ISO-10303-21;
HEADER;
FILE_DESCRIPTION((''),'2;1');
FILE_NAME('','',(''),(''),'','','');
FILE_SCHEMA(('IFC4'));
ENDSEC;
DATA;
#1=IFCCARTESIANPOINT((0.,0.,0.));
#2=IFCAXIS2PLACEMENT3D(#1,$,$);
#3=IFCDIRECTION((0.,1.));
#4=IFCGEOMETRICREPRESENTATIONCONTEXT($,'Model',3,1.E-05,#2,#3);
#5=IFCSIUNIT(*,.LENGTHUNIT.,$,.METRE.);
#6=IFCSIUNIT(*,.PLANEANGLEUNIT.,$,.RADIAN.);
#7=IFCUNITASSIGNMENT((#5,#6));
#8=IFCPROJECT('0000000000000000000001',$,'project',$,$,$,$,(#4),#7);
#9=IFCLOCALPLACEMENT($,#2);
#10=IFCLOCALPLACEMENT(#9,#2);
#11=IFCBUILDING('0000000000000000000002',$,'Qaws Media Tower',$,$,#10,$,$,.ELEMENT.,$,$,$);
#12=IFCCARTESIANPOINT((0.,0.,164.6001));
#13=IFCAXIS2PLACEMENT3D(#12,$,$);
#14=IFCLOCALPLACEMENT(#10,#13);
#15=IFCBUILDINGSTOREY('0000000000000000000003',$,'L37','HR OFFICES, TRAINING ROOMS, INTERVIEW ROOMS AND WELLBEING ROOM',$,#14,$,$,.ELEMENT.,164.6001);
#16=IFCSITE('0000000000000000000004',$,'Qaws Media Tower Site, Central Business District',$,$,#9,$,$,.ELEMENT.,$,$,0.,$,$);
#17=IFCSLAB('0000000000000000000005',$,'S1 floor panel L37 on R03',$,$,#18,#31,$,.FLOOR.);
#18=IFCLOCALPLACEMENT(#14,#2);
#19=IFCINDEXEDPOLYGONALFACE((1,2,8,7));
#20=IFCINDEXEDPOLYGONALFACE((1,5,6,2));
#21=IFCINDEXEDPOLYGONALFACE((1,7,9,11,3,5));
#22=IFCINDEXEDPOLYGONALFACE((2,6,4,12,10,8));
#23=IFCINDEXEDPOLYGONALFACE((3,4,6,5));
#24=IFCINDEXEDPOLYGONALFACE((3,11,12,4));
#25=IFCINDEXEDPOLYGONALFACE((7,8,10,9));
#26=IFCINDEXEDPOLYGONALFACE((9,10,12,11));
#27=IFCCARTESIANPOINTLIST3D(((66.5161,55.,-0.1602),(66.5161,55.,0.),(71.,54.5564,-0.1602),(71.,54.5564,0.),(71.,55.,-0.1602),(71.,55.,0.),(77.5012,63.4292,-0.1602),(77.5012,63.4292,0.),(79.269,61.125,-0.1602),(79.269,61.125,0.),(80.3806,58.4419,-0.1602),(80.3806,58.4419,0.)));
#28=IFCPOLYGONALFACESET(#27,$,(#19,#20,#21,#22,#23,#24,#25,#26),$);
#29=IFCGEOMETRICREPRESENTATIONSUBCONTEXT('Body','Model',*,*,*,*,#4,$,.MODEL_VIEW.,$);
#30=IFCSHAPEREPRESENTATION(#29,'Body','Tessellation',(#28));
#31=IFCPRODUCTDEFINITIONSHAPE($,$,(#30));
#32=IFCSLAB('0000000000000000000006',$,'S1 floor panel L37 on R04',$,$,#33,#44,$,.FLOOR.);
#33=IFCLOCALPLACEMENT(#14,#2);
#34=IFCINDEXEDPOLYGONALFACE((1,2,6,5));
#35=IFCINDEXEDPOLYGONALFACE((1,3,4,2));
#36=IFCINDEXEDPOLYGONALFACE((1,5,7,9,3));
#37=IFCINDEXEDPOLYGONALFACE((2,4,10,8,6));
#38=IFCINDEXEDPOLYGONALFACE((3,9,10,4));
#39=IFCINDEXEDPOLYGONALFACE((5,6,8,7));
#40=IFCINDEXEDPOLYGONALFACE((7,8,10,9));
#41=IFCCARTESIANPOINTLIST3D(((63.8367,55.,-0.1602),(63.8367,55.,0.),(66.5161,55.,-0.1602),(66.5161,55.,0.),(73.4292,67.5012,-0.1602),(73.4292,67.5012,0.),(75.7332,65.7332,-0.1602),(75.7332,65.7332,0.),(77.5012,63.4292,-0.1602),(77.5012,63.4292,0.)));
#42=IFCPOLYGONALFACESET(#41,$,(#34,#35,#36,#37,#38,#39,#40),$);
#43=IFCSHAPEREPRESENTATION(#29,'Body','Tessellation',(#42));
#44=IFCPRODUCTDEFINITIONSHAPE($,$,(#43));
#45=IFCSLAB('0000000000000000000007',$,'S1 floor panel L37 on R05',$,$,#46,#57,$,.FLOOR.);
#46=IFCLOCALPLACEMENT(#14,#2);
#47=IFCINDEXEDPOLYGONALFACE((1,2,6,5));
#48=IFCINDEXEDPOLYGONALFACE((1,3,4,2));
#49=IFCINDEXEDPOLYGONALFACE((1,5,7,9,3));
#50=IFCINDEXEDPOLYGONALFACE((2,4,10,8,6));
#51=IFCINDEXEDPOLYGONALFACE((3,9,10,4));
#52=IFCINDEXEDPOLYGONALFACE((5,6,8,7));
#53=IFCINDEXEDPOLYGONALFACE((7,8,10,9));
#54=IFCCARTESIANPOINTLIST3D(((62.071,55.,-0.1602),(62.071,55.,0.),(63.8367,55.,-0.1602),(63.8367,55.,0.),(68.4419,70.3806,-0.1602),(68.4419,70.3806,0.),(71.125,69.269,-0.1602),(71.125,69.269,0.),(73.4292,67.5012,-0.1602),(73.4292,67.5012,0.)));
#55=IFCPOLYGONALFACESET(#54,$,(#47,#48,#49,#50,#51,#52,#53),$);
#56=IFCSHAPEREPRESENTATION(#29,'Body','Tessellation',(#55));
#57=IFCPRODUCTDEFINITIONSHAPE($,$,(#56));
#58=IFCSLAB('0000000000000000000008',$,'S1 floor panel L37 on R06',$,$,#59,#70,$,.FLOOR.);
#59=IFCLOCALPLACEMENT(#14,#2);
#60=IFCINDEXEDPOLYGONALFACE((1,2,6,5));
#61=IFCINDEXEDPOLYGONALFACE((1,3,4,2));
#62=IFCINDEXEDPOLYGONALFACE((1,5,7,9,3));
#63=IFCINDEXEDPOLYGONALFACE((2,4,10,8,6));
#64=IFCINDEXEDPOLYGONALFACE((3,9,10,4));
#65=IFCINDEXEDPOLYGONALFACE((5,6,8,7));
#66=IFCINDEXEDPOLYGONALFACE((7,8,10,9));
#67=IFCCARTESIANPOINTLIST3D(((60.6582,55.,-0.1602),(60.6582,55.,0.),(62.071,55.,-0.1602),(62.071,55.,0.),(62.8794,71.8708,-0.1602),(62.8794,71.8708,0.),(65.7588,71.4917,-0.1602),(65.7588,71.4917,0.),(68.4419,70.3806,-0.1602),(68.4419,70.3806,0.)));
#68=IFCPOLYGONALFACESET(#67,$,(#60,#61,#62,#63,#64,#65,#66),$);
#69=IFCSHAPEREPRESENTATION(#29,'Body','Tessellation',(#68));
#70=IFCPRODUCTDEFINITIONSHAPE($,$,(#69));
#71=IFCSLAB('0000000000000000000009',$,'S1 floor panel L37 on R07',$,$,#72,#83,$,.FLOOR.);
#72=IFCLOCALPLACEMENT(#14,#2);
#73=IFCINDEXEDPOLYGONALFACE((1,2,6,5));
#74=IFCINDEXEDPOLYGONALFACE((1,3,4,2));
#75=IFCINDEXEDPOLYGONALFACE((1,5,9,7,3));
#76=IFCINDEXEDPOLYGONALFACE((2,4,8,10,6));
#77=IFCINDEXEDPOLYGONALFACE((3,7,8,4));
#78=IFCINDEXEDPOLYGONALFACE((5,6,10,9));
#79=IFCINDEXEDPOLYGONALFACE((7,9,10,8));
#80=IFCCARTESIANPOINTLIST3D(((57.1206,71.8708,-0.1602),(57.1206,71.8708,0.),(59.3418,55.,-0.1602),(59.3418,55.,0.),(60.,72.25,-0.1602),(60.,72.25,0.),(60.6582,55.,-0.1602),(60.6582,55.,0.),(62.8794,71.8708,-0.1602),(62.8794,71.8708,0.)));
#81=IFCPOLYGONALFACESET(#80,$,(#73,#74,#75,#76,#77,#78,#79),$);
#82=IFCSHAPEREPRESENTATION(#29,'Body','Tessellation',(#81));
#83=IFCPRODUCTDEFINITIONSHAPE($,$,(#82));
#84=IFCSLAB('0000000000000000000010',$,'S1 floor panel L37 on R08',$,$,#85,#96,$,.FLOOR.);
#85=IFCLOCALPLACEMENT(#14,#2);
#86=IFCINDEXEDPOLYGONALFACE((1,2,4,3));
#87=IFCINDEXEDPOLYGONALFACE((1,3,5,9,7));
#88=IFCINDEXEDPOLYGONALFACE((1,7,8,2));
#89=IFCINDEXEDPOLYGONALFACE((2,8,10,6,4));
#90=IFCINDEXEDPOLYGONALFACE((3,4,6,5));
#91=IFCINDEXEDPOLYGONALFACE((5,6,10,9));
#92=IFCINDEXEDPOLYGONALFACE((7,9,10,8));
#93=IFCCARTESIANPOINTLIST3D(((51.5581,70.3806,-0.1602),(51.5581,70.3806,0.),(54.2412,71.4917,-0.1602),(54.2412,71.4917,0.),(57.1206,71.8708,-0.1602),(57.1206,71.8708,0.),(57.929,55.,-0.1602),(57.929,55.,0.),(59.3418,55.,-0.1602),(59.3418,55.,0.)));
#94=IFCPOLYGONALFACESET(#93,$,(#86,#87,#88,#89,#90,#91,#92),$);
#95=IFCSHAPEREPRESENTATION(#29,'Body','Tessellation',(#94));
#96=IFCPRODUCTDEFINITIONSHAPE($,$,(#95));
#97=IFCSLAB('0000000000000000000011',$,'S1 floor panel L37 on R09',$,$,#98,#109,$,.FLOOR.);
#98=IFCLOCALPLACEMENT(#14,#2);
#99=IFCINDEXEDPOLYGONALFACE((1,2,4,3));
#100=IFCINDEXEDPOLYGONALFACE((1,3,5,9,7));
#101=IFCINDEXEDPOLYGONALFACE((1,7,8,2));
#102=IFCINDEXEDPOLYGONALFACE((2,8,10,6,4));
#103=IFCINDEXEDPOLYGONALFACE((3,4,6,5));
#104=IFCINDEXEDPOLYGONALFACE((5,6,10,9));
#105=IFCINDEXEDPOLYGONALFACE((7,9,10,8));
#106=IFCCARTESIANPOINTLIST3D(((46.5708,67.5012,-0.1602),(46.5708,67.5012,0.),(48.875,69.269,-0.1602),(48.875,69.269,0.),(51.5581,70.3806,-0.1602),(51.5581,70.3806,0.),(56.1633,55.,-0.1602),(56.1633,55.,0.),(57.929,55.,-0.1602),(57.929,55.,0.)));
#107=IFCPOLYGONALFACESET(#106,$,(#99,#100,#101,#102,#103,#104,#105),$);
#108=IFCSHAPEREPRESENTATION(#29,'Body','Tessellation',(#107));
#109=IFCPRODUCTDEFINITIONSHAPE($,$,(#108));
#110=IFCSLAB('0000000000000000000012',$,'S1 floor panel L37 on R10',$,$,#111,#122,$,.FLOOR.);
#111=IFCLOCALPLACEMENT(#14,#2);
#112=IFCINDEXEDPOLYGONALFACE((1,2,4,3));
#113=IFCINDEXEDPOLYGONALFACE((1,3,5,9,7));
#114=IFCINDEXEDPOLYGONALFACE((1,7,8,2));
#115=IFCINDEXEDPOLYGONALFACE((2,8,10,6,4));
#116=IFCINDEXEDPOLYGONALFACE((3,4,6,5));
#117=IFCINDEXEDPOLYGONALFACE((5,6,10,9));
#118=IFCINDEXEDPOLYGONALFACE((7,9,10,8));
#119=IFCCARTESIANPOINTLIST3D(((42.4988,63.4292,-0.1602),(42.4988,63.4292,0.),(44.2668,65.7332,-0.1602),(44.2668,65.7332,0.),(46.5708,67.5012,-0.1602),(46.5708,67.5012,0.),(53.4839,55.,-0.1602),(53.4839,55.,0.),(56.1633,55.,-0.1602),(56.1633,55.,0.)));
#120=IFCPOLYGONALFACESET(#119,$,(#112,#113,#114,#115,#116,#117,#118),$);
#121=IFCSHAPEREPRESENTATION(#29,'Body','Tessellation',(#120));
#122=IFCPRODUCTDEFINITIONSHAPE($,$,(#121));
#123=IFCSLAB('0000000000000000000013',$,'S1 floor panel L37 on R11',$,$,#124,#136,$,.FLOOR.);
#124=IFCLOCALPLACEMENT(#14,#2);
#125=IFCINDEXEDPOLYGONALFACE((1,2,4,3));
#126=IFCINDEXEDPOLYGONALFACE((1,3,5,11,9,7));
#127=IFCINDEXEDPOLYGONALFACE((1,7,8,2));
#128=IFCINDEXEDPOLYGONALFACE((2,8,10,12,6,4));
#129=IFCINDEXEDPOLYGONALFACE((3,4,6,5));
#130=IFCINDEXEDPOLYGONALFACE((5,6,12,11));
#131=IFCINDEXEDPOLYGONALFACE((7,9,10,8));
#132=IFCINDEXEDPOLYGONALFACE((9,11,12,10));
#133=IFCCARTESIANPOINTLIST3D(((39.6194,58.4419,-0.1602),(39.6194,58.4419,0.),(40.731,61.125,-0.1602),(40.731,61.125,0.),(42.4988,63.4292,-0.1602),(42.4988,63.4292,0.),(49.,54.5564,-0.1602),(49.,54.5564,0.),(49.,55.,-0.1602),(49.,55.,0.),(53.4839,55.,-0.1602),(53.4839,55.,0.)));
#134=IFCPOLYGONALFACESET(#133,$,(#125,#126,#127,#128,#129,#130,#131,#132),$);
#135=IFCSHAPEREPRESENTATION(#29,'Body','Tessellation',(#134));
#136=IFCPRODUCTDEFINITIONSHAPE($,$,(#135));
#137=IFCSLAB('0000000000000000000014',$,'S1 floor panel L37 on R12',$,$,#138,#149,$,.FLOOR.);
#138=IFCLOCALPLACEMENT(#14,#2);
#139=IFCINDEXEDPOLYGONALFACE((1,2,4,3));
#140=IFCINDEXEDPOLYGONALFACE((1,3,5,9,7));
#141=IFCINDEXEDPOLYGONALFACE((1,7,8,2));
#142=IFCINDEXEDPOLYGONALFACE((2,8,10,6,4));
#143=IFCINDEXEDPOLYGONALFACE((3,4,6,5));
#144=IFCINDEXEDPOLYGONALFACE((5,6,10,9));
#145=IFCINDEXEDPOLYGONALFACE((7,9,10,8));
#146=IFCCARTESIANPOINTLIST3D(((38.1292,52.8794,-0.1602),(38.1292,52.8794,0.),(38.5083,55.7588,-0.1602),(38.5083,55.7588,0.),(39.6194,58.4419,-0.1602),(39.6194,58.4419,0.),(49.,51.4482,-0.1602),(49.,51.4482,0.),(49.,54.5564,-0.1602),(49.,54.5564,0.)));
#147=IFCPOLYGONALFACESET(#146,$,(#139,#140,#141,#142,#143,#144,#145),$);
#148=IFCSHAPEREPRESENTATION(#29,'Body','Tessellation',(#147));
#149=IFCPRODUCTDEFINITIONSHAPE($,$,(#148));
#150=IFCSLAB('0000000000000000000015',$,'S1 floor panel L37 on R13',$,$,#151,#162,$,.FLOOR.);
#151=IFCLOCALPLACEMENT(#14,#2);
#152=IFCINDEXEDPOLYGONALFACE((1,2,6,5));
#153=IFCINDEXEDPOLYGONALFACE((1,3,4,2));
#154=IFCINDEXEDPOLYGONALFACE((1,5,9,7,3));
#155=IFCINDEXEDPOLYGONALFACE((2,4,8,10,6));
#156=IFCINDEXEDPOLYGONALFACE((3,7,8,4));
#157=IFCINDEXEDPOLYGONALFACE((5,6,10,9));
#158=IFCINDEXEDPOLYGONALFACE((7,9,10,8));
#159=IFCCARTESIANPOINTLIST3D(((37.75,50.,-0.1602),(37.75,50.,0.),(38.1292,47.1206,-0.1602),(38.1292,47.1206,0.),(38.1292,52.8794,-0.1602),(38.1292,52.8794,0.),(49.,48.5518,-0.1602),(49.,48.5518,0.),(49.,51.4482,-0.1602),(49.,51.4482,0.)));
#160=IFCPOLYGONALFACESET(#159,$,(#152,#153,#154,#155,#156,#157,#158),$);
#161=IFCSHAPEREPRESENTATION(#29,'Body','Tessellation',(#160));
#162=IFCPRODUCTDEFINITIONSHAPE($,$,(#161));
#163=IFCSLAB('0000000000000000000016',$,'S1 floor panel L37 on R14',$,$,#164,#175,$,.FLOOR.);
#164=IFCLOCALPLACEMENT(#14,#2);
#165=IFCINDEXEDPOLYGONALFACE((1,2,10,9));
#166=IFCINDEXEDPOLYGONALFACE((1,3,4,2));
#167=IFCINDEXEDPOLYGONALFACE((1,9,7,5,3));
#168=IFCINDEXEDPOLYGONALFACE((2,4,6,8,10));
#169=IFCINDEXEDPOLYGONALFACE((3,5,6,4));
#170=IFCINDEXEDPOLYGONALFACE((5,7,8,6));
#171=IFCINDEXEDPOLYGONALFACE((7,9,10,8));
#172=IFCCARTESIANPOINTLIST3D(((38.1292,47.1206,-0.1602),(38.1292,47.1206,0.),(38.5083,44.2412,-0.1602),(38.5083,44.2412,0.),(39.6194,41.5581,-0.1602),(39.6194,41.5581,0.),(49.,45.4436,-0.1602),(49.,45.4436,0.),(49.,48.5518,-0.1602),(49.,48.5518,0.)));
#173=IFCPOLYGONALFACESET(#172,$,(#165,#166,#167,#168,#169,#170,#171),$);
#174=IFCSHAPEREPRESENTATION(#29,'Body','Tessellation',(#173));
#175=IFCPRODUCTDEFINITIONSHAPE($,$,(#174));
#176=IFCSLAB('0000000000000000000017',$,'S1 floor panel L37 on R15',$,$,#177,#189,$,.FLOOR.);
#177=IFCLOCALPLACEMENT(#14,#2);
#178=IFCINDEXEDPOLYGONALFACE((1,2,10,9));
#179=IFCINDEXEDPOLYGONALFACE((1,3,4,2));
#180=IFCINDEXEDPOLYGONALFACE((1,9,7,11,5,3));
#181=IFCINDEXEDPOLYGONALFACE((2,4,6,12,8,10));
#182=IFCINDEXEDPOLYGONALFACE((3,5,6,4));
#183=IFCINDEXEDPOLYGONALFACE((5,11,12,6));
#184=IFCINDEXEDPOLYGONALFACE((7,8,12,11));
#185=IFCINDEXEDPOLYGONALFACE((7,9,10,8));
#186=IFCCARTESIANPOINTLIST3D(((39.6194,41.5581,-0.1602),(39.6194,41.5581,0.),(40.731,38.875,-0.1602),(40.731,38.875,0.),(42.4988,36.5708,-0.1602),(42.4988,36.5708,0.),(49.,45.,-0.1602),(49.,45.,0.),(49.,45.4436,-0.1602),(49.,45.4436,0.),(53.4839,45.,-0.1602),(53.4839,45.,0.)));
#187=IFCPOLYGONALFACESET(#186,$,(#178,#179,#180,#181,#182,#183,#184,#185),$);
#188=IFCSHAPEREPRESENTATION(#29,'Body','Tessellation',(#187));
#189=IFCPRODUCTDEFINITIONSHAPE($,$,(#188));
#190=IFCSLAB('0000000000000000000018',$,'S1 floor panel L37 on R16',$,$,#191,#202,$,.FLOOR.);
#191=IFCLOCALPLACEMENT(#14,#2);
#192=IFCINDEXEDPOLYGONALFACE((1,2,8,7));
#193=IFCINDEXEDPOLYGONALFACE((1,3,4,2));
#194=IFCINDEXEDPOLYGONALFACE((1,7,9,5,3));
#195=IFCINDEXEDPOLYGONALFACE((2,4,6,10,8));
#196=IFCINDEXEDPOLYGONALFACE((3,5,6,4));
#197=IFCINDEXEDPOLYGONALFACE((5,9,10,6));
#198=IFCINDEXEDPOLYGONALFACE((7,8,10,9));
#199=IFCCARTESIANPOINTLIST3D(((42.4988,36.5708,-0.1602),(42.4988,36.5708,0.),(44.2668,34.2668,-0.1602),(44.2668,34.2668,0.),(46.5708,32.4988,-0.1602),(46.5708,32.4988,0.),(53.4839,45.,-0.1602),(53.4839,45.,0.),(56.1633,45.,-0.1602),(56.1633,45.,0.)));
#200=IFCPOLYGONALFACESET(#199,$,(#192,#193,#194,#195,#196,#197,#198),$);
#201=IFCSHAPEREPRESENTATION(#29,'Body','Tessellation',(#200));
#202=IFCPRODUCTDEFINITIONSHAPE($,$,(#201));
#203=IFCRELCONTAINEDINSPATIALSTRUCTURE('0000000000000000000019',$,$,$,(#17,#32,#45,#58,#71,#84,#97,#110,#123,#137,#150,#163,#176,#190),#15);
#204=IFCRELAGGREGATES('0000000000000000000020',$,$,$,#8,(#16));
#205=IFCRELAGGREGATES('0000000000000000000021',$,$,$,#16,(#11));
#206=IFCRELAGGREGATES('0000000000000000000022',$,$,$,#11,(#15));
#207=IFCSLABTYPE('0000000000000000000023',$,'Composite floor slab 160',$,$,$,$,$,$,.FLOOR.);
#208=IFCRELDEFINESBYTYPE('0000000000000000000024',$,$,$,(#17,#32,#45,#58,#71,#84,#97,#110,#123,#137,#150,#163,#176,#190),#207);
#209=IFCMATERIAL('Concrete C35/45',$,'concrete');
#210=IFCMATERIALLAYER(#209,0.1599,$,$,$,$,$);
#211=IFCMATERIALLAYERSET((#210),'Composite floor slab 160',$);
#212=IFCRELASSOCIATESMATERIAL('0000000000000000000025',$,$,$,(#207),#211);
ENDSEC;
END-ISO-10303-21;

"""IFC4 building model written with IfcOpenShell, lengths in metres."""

from ifc_helpers import new_model, si_unit, direction, frame, origin, place, context, subcontext, project, spatial, polyline, outline, extrude, material, layer, layer_set, type_object, element, save


model = new_model("IFC4")

# Units and contexts
model_context = context("Model", 3, precision=1e-05, world=origin(), true_north=direction((0.0, 1.0)))
body_context = subcontext(model_context, "Body", "Model", "MODEL_VIEW")
ifc_project = project(units=[si_unit("LENGTHUNIT", "METRE"), si_unit("PLANEANGLEUNIT", "RADIAN")], contexts=[model_context])

# Site, building, storey
site_placement = place(None, origin())
site = spatial("IfcSite", under=ifc_project, at=site_placement, Name="Qaws Media Tower Site, Central Business District", CompositionType="ELEMENT", RefElevation=0.0)
building_placement = place(site_placement, origin())
building = spatial("IfcBuilding", under=site, at=building_placement, Name="Qaws Media Tower", CompositionType="ELEMENT")
storey_placement = place(building_placement, frame((0.0, 0.0, 164.6001)))
storey = spatial("IfcBuildingStorey", under=building, at=storey_placement, Name="L37", Description="HR OFFICES, TRAINING ROOMS, INTERVIEW ROOMS AND WELLBEING ROOM", CompositionType="ELEMENT", Elevation=164.6001)

# Slabs
ifc_material_1 = material(Name="Concrete C35/45", Category="concrete")
ifc_layer_1 = layer(ifc_material_1, 0.1599)
ifc_layer_set_1 = layer_set([ifc_layer_1], Name="Composite floor slab 160")
slab_type_1 = type_object("IfcSlabType", Name="Composite floor slab 160", PredefinedType="FLOOR", material=ifc_layer_set_1)
slab_1_placement = place(storey_placement, frame((0.0, 0.0, -0.1602)))
element("IfcSlab", 1, at=slab_1_placement, inside=storey, type_object=slab_type_1, Name="S1 floor panel L37 on R03", PredefinedType="FLOOR", context=body_context, shape_type="SweptSolid", body=[
    extrude(outline(polyline([(79.269, 61.125), (80.3806, 58.4419), (71.0, 54.5564), (71.0, 55.0), (66.5161, 55.0), (77.5012, 63.4292), (79.269, 61.125)])), origin(), (0.0, 0.0, 1.0), 0.1602),
])
slab_2_placement = place(storey_placement, frame((0.0, 0.0, -0.1602)))
element("IfcSlab", 2, at=slab_2_placement, inside=storey, type_object=slab_type_1, Name="S1 floor panel L37 on R04", PredefinedType="FLOOR", context=body_context, shape_type="SweptSolid", body=[
    extrude(outline(polyline([(75.7332, 65.7332), (77.5012, 63.4292), (66.5161, 55.0), (63.8367, 55.0), (73.4292, 67.5012), (75.7332, 65.7332)])), origin(), (0.0, 0.0, 1.0), 0.1602),
])
slab_3_placement = place(storey_placement, frame((0.0, 0.0, -0.1602)))
element("IfcSlab", 3, at=slab_3_placement, inside=storey, type_object=slab_type_1, Name="S1 floor panel L37 on R05", PredefinedType="FLOOR", context=body_context, shape_type="SweptSolid", body=[
    extrude(outline(polyline([(71.125, 69.269), (73.4292, 67.5012), (63.8367, 55.0), (62.071, 55.0), (68.4419, 70.3806), (71.125, 69.269)])), origin(), (0.0, 0.0, 1.0), 0.1602),
])
slab_4_placement = place(storey_placement, frame((0.0, 0.0, -0.1602)))
element("IfcSlab", 4, at=slab_4_placement, inside=storey, type_object=slab_type_1, Name="S1 floor panel L37 on R06", PredefinedType="FLOOR", context=body_context, shape_type="SweptSolid", body=[
    extrude(outline(polyline([(65.7588, 71.4917), (68.4419, 70.3806), (62.071, 55.0), (60.6582, 55.0), (62.8794, 71.8708), (65.7588, 71.4917)])), origin(), (0.0, 0.0, 1.0), 0.1602),
])
slab_5_placement = place(storey_placement, frame((0.0, 0.0, -0.1602)))
element("IfcSlab", 5, at=slab_5_placement, inside=storey, type_object=slab_type_1, Name="S1 floor panel L37 on R07", PredefinedType="FLOOR", context=body_context, shape_type="SweptSolid", body=[
    extrude(outline(polyline([(60.0, 72.25), (62.8794, 71.8708), (60.6582, 55.0), (59.3418, 55.0), (57.1206, 71.8708), (60.0, 72.25)])), origin(), (0.0, 0.0, 1.0), 0.1602),
])
slab_6_placement = place(storey_placement, frame((0.0, 0.0, -0.1602)))
element("IfcSlab", 6, at=slab_6_placement, inside=storey, type_object=slab_type_1, Name="S1 floor panel L37 on R08", PredefinedType="FLOOR", context=body_context, shape_type="SweptSolid", body=[
    extrude(outline(polyline([(54.2412, 71.4917), (57.1206, 71.8708), (59.3418, 55.0), (57.929, 55.0), (51.5581, 70.3806), (54.2412, 71.4917)])), origin(), (0.0, 0.0, 1.0), 0.1602),
])
slab_7_placement = place(storey_placement, frame((0.0, 0.0, -0.1602)))
element("IfcSlab", 7, at=slab_7_placement, inside=storey, type_object=slab_type_1, Name="S1 floor panel L37 on R09", PredefinedType="FLOOR", context=body_context, shape_type="SweptSolid", body=[
    extrude(outline(polyline([(48.875, 69.269), (51.5581, 70.3806), (57.929, 55.0), (56.1633, 55.0), (46.5708, 67.5012), (48.875, 69.269)])), origin(), (0.0, 0.0, 1.0), 0.1602),
])
slab_8_placement = place(storey_placement, frame((0.0, 0.0, -0.1602)))
element("IfcSlab", 8, at=slab_8_placement, inside=storey, type_object=slab_type_1, Name="S1 floor panel L37 on R10", PredefinedType="FLOOR", context=body_context, shape_type="SweptSolid", body=[
    extrude(outline(polyline([(44.2668, 65.7332), (46.5708, 67.5012), (56.1633, 55.0), (53.4839, 55.0), (42.4988, 63.4292), (44.2668, 65.7332)])), origin(), (0.0, 0.0, 1.0), 0.1602),
])
slab_9_placement = place(storey_placement, frame((0.0, 0.0, -0.1602)))
element("IfcSlab", 9, at=slab_9_placement, inside=storey, type_object=slab_type_1, Name="S1 floor panel L37 on R11", PredefinedType="FLOOR", context=body_context, shape_type="SweptSolid", body=[
    extrude(outline(polyline([(40.731, 61.125), (42.4988, 63.4292), (53.4839, 55.0), (49.0, 55.0), (49.0, 54.5564), (39.6194, 58.4419), (40.731, 61.125)])), origin(), (0.0, 0.0, 1.0), 0.1602),
])
slab_10_placement = place(storey_placement, frame((0.0, 0.0, -0.1602)))
element("IfcSlab", 10, at=slab_10_placement, inside=storey, type_object=slab_type_1, Name="S1 floor panel L37 on R12", PredefinedType="FLOOR", context=body_context, shape_type="SweptSolid", body=[
    extrude(outline(polyline([(38.5083, 55.7588), (39.6194, 58.4419), (49.0, 54.5564), (49.0, 51.4482), (38.1292, 52.8794), (38.5083, 55.7588)])), origin(), (0.0, 0.0, 1.0), 0.1602),
])
slab_11_placement = place(storey_placement, frame((0.0, 0.0, -0.1602)))
element("IfcSlab", 11, at=slab_11_placement, inside=storey, type_object=slab_type_1, Name="S1 floor panel L37 on R13", PredefinedType="FLOOR", context=body_context, shape_type="SweptSolid", body=[
    extrude(outline(polyline([(37.75, 50.0), (38.1292, 52.8794), (49.0, 51.4482), (49.0, 48.5518), (38.1292, 47.1206), (37.75, 50.0)])), origin(), (0.0, 0.0, 1.0), 0.1602),
])
slab_12_placement = place(storey_placement, frame((0.0, 0.0, -0.1602)))
element("IfcSlab", 12, at=slab_12_placement, inside=storey, type_object=slab_type_1, Name="S1 floor panel L37 on R14", PredefinedType="FLOOR", context=body_context, shape_type="SweptSolid", body=[
    extrude(outline(polyline([(38.5083, 44.2412), (38.1292, 47.1206), (49.0, 48.5518), (49.0, 45.4436), (39.6194, 41.5581), (38.5083, 44.2412)])), origin(), (0.0, 0.0, 1.0), 0.1602),
])
slab_13_placement = place(storey_placement, frame((0.0, 0.0, -0.1602)))
element("IfcSlab", 13, at=slab_13_placement, inside=storey, type_object=slab_type_1, Name="S1 floor panel L37 on R15", PredefinedType="FLOOR", context=body_context, shape_type="SweptSolid", body=[
    extrude(outline(polyline([(40.731, 38.875), (39.6194, 41.5581), (49.0, 45.4436), (49.0, 45.0), (53.4839, 45.0), (42.4988, 36.5708), (40.731, 38.875)])), origin(), (0.0, 0.0, 1.0), 0.1602),
])
slab_14_placement = place(storey_placement, frame((0.0, 0.0, -0.1602)))
element("IfcSlab", 14, at=slab_14_placement, inside=storey, type_object=slab_type_1, Name="S1 floor panel L37 on R16", PredefinedType="FLOOR", context=body_context, shape_type="SweptSolid", body=[
    extrude(outline(polyline([(44.2668, 34.2668), (42.4988, 36.5708), (53.4839, 45.0), (56.1633, 45.0), (46.5708, 32.4988), (44.2668, 34.2668)])), origin(), (0.0, 0.0, 1.0), 0.1602),
])

save(model, "model.ifc")
